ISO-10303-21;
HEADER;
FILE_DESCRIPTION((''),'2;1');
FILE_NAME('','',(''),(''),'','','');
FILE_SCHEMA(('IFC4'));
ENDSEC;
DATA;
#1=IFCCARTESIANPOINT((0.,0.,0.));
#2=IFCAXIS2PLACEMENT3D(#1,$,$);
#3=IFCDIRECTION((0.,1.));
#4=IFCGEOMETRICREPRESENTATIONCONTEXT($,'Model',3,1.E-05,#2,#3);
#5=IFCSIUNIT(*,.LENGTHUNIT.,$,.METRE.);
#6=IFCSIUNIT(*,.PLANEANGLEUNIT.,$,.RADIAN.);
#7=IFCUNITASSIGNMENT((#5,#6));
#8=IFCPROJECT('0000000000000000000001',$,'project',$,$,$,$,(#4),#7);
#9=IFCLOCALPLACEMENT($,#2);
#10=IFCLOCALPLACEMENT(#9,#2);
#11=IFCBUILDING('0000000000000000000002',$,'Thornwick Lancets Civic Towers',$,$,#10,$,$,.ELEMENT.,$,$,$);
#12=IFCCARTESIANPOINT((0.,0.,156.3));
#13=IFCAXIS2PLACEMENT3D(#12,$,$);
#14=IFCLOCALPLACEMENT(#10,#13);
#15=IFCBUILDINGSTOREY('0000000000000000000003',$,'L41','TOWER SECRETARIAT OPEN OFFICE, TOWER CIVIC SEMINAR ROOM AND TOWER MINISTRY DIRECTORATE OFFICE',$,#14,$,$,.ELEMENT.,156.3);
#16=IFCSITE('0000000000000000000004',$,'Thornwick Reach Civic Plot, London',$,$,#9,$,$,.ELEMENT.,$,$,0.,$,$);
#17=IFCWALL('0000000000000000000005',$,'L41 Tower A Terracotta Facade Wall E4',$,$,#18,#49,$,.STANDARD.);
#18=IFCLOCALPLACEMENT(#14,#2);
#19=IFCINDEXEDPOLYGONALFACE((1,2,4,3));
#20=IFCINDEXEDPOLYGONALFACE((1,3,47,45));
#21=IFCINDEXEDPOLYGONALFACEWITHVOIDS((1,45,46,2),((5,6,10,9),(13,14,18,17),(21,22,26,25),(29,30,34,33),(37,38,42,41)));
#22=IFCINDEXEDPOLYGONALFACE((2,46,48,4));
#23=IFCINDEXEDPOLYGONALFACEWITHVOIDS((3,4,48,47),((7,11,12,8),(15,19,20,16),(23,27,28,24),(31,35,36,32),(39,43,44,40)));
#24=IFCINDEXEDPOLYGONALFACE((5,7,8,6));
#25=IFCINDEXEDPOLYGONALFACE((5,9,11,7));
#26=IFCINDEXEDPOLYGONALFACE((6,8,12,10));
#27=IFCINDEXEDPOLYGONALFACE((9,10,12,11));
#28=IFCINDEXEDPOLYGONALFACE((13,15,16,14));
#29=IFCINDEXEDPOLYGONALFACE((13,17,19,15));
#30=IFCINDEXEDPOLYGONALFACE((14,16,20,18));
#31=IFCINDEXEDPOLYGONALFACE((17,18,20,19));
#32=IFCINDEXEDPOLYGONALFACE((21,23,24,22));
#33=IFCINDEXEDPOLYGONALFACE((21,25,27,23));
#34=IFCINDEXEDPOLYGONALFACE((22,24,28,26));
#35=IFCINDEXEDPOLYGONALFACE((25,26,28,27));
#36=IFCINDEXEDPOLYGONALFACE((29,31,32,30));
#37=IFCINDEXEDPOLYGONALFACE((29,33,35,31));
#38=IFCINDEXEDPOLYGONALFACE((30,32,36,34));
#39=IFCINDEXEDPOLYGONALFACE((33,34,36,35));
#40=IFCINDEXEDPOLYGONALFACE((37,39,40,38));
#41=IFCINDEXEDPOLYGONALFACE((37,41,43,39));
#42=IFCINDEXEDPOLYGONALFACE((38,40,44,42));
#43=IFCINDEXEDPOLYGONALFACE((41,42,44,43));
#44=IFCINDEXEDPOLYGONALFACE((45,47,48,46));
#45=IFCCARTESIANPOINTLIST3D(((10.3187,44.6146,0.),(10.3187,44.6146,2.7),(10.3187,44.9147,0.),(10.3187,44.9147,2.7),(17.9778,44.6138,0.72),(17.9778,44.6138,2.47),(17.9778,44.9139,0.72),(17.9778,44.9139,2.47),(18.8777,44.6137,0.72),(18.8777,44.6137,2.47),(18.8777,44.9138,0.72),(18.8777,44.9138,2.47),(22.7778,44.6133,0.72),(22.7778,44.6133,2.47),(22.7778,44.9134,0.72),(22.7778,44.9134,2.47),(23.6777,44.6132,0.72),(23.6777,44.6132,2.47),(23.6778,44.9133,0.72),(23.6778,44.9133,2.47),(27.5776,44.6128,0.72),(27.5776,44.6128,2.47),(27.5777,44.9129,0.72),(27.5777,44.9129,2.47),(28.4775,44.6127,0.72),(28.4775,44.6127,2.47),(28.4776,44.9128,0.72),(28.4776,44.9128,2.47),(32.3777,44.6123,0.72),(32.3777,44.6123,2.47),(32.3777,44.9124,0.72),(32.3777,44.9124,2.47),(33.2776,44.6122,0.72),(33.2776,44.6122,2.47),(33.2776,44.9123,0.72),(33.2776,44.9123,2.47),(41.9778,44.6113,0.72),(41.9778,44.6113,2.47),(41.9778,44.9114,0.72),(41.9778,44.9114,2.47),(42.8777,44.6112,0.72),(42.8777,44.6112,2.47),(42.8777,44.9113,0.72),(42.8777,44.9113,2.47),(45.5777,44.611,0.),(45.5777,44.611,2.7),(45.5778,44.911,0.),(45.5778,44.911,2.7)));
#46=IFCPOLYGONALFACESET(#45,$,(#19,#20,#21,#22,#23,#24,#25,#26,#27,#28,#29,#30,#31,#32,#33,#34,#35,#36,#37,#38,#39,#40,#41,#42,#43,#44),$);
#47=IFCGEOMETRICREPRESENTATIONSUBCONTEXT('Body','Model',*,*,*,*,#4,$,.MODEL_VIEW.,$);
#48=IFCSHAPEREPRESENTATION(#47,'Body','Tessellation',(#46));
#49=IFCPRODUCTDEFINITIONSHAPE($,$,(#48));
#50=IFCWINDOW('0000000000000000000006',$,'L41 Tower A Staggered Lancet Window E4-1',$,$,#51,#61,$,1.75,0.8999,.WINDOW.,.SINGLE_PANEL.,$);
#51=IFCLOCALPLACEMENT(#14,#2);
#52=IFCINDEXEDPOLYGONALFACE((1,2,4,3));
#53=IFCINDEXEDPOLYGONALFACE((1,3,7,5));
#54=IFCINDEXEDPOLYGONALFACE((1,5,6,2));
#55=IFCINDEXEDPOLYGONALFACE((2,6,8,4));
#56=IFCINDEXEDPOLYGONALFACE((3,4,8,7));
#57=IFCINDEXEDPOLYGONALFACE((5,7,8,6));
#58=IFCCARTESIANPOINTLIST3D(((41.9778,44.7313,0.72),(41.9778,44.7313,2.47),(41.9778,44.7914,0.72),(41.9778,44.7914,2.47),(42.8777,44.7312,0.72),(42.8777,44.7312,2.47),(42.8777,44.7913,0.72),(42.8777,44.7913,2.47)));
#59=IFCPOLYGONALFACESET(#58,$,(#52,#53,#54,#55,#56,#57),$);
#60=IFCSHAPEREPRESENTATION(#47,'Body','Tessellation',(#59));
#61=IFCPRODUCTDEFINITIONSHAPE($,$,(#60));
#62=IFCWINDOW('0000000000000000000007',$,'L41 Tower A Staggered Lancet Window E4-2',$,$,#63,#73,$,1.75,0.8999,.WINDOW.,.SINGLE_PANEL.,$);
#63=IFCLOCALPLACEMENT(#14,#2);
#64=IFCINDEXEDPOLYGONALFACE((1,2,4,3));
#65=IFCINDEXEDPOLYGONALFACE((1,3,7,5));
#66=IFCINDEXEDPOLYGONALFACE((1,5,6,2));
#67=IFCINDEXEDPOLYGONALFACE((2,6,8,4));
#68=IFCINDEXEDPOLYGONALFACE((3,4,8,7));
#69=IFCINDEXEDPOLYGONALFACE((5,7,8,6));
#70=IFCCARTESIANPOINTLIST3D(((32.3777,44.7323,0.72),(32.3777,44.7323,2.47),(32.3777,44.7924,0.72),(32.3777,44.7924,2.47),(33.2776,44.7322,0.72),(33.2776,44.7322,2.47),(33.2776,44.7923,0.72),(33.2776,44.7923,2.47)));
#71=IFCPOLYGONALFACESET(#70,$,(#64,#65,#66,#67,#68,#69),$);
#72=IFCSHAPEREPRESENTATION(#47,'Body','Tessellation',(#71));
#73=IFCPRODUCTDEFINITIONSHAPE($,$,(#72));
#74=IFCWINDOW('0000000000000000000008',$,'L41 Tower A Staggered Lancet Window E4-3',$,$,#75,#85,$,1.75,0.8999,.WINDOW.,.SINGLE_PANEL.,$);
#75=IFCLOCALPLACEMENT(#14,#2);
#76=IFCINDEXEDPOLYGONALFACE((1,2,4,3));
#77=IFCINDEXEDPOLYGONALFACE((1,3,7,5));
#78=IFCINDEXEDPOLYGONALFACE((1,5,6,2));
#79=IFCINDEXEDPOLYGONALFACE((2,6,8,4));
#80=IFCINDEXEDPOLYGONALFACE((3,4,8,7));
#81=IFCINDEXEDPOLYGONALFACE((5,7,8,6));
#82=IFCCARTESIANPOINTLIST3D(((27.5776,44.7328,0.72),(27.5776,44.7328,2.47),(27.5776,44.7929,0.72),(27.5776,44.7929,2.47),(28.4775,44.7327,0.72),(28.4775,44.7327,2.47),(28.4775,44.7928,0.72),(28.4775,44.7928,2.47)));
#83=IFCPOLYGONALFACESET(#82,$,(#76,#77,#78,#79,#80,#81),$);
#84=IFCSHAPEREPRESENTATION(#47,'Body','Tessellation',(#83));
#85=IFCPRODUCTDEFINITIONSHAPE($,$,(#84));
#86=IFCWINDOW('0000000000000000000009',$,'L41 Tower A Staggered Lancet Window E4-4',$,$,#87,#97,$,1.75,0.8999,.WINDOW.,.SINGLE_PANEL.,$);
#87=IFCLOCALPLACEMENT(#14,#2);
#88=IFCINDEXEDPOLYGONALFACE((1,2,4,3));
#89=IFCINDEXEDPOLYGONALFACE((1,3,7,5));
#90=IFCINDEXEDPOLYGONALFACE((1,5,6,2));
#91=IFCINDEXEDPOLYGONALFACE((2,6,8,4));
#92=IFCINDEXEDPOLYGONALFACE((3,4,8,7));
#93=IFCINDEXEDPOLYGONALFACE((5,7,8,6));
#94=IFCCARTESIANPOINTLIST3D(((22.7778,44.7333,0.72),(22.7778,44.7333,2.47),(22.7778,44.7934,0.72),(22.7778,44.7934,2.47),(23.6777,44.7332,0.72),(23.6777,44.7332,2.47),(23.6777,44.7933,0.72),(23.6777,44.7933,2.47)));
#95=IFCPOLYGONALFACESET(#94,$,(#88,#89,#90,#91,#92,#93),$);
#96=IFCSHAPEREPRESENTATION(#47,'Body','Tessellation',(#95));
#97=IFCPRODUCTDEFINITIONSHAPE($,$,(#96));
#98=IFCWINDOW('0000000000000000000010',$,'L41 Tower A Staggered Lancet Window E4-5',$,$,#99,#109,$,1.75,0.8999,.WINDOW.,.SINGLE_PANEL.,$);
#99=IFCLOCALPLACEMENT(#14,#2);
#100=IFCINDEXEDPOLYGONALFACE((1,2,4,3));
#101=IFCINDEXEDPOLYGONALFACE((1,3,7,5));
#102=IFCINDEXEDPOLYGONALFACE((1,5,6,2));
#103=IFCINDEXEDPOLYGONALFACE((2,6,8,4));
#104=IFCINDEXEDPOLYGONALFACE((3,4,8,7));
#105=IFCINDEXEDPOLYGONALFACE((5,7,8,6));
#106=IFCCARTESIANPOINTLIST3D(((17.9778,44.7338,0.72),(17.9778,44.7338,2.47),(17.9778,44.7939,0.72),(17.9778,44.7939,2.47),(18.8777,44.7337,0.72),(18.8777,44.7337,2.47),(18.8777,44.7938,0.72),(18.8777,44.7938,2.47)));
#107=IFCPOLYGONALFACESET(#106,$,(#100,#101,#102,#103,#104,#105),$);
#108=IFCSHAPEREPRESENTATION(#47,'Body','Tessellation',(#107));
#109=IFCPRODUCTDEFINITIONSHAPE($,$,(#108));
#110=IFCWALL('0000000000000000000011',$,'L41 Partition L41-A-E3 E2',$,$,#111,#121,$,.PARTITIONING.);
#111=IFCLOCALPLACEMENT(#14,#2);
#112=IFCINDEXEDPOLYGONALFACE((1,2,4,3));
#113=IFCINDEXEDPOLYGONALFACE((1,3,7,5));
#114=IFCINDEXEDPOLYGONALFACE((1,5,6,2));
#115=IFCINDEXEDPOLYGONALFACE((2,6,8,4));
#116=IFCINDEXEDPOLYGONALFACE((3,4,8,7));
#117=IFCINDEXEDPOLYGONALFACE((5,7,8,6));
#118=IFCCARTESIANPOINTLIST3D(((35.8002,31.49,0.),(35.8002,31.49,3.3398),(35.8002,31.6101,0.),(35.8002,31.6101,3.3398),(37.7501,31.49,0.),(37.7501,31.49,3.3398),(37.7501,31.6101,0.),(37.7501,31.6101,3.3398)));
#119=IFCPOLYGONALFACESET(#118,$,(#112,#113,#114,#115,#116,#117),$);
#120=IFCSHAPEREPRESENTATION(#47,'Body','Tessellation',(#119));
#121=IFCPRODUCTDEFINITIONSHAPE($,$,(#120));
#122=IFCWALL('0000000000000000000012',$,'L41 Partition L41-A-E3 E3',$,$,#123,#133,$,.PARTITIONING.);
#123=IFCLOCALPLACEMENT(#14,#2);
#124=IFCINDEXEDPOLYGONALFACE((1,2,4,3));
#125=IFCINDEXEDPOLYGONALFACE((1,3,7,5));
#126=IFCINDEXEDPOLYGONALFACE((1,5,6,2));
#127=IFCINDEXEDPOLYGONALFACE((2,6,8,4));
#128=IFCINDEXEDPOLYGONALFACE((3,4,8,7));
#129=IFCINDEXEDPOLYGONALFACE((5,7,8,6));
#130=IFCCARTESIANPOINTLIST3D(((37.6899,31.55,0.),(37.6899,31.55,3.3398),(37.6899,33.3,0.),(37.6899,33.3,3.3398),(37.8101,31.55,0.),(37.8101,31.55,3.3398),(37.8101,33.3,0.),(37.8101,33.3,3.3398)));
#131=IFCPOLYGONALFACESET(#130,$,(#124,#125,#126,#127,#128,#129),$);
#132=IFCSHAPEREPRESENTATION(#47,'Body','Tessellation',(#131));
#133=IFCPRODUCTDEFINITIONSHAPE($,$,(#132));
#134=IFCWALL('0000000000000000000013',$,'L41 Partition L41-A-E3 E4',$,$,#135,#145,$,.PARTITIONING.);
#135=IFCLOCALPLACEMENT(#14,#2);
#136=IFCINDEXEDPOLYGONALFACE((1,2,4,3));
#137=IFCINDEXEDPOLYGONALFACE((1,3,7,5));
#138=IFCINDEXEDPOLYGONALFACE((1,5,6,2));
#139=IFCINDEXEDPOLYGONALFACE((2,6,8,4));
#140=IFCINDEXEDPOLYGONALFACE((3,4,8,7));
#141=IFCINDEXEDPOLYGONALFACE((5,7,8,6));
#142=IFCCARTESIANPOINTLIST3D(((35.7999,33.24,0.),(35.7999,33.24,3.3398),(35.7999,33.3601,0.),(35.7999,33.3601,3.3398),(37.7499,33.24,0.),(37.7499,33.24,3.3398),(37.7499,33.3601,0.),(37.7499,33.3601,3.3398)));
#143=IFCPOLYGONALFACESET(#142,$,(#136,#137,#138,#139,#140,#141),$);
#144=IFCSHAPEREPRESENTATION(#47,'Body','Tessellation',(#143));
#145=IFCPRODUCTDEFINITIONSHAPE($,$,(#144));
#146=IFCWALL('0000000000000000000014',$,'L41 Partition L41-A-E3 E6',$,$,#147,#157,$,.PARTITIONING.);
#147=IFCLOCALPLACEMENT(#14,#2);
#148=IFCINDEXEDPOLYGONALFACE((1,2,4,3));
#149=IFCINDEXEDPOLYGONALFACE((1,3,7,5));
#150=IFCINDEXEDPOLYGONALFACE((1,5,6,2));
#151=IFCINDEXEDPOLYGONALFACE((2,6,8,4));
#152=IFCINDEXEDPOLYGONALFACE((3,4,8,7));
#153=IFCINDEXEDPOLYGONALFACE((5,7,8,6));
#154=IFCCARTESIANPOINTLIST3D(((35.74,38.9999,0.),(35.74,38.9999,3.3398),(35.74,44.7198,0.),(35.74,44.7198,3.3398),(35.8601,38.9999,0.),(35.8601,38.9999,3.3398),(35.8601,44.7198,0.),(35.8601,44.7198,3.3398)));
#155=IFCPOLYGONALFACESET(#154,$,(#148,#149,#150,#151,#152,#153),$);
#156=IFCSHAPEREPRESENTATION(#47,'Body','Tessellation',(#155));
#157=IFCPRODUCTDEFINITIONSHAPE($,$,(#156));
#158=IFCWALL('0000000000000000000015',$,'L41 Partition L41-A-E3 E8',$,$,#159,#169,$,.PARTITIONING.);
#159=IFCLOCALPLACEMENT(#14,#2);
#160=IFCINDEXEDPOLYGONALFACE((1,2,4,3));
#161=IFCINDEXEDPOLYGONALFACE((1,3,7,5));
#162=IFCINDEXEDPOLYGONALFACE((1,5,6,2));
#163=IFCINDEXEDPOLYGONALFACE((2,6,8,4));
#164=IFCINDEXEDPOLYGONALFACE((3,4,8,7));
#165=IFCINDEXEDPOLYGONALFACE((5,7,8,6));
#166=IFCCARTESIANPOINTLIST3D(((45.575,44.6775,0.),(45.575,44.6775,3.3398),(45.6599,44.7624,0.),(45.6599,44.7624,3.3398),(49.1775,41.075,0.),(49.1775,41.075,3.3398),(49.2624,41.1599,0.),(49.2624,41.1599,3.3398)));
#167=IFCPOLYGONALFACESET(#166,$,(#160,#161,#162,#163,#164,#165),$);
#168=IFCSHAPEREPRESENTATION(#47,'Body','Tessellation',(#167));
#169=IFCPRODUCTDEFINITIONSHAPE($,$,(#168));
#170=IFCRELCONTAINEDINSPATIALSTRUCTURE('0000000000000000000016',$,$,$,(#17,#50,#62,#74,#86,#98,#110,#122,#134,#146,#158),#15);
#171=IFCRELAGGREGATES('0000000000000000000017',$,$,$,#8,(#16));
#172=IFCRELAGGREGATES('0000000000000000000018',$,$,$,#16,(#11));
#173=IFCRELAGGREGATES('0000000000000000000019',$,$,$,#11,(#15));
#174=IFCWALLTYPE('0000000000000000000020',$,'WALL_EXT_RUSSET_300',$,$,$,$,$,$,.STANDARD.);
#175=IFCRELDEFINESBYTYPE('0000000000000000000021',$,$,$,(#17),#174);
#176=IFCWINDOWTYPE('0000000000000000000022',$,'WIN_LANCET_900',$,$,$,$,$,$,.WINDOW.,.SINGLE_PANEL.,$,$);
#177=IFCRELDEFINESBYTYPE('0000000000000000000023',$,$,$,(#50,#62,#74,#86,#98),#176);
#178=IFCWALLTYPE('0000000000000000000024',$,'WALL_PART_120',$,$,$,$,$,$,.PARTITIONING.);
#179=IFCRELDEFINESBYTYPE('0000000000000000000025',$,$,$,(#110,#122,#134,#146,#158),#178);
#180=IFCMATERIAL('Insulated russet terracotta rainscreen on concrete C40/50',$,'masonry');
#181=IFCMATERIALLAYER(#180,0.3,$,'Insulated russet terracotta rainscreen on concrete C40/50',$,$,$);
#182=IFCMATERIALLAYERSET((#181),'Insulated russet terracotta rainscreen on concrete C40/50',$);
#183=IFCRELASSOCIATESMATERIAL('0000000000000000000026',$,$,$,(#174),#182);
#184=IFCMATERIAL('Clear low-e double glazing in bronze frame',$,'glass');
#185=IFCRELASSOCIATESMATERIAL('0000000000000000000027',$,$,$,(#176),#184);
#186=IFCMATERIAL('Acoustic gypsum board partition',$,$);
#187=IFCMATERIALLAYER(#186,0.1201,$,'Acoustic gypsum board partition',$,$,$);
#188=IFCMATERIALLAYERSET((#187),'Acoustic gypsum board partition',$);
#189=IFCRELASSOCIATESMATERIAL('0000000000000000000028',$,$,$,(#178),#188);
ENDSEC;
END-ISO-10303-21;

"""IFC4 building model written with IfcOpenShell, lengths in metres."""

from ifc_helpers import new_model, si_unit, direction, frame, frame_2d, origin, place, context, subcontext, project, spatial, rectangle, extrude, material, layer, layer_set, type_object, element, fill, save


model = new_model("IFC4")

# Units and contexts
model_context = context("Model", 3, precision=1e-05, world=origin(), true_north=direction((0.0, 1.0)))
body_context = subcontext(model_context, "Body", "Model", "MODEL_VIEW")
ifc_project = project(units=[si_unit("LENGTHUNIT", "METRE"), si_unit("PLANEANGLEUNIT", "RADIAN")], contexts=[model_context])

# Site, building, storey
site_placement = place(None, origin())
site = spatial("IfcSite", under=ifc_project, at=site_placement, Name="Thornwick Reach Civic Plot, London", CompositionType="ELEMENT", RefElevation=0.0)
building_placement = place(site_placement, origin())
building = spatial("IfcBuilding", under=site, at=building_placement, Name="Thornwick Lancets Civic Towers", CompositionType="ELEMENT")
storey_placement = place(building_placement, frame((0.0, 0.0, 156.3)))
storey = spatial("IfcBuildingStorey", under=building, at=storey_placement, Name="L41", Description="TOWER SECRETARIAT OPEN OFFICE, TOWER CIVIC SEMINAR ROOM AND TOWER MINISTRY DIRECTORATE OFFICE", CompositionType="ELEMENT", Elevation=156.3)

# Wall, openings, windows
ifc_material_1 = material(Name="Insulated russet terracotta rainscreen on concrete C40/50", Category="masonry")
ifc_layer_1 = layer(ifc_material_1, 0.3, Name="Insulated russet terracotta rainscreen on concrete C40/50")
ifc_layer_set_1 = layer_set([ifc_layer_1], Name="Insulated russet terracotta rainscreen on concrete C40/50")
wall_type_1 = type_object("IfcWallType", Name="WALL_EXT_RUSSET_300", PredefinedType="STANDARD", material=ifc_layer_set_1)
wall_1_placement = place(storey_placement, frame((45.5776, 44.761, 0.0), z_axis=(0.0, 0.0, 1.0), x_axis=(-1.0, 0.000104, 0.0)))
wall_1 = element("IfcWall", 1, at=wall_1_placement, inside=storey, type_object=wall_type_1, Name="L41 Tower A Terracotta Facade Wall E4", PredefinedType="STANDARD", context=body_context, shape_type="SweptSolid", body=[
    extrude(rectangle(XDim=35.259, YDim=0.3, at=frame_2d((17.6294, 0.0))), origin(), (0.0, 0.0, 1.0), 2.7),
])
opening_1_placement = place(wall_1_placement, frame((2.7, 0.0, 0.72)))
opening_1 = element("IfcOpeningElement", 2, at=opening_1_placement, cuts=wall_1, PredefinedType="OPENING", context=body_context, shape_type="SweptSolid", body=[
    extrude(rectangle(XDim=0.8999, YDim=1.75, at=frame_2d((0.45, 0.875))), frame((0.0, 0.1602, 0.0), z_axis=(0.0, -1.0, 0.0), x_axis=(1.0, 0.0, 0.0)), (0.0, 0.0, 1.0), 0.3201),
])
opening_2_placement = place(wall_1_placement, frame((12.3, 0.0, 0.72)))
opening_2 = element("IfcOpeningElement", 3, at=opening_2_placement, cuts=wall_1, PredefinedType="OPENING", context=body_context, shape_type="SweptSolid", body=[
    extrude(rectangle(XDim=0.8999, YDim=1.75, at=frame_2d((0.45, 0.875))), frame((0.0, 0.1602, 0.0), z_axis=(0.0, -1.0, 0.0), x_axis=(1.0, 0.0, 0.0)), (0.0, 0.0, 1.0), 0.3201),
])
opening_3_placement = place(wall_1_placement, frame((17.1001, 0.0, 0.72)))
opening_3 = element("IfcOpeningElement", 4, at=opening_3_placement, cuts=wall_1, PredefinedType="OPENING", context=body_context, shape_type="SweptSolid", body=[
    extrude(rectangle(XDim=0.8999, YDim=1.75, at=frame_2d((0.45, 0.875))), frame((0.0, 0.1602, 0.0), z_axis=(0.0, -1.0, 0.0), x_axis=(1.0, 0.0, 0.0)), (0.0, 0.0, 1.0), 0.3201),
])
opening_4_placement = place(wall_1_placement, frame((21.8999, 0.0, 0.72)))
opening_4 = element("IfcOpeningElement", 5, at=opening_4_placement, cuts=wall_1, PredefinedType="OPENING", context=body_context, shape_type="SweptSolid", body=[
    extrude(rectangle(XDim=0.8999, YDim=1.75, at=frame_2d((0.45, 0.875))), frame((0.0, 0.1602, 0.0), z_axis=(0.0, -1.0, 0.0), x_axis=(1.0, 0.0, 0.0)), (0.0, 0.0, 1.0), 0.3201),
])
opening_5_placement = place(wall_1_placement, frame((26.7, 0.0, 0.72)))
opening_5 = element("IfcOpeningElement", 6, at=opening_5_placement, cuts=wall_1, PredefinedType="OPENING", context=body_context, shape_type="SweptSolid", body=[
    extrude(rectangle(XDim=0.8999, YDim=1.75, at=frame_2d((0.45, 0.875))), frame((0.0, 0.1602, 0.0), z_axis=(0.0, -1.0, 0.0), x_axis=(1.0, 0.0, 0.0)), (0.0, 0.0, 1.0), 0.3201),
])
ifc_material_2 = material(Name="Clear low-e double glazing in bronze frame", Category="glass")
window_type = type_object("IfcWindowType", Name="WIN_LANCET_900", PartitioningType="SINGLE_PANEL", PredefinedType="WINDOW", material=ifc_material_2)
window_1_placement = place(opening_1_placement, origin())
window_1 = element("IfcWindow", 7, at=window_1_placement, inside=storey, type_object=window_type, Name="L41 Tower A Staggered Lancet Window E4-1", OverallHeight=1.75, OverallWidth=0.8999, PartitioningType="SINGLE_PANEL", PredefinedType="WINDOW", context=body_context, shape_type="SweptSolid", body=[
    extrude(rectangle(XDim=0.8999, YDim=1.75, at=frame_2d((0.45, 0.875))), frame((0.0, 0.03, 0.0), z_axis=(0.0, -1.0, 0.0), x_axis=(1.0, 0.0, 0.0)), (0.0, 0.0, 1.0), 0.0601),
])
fill(opening_1, window_1)
window_2_placement = place(opening_2_placement, origin())
window_2 = element("IfcWindow", 8, at=window_2_placement, inside=storey, type_object=window_type, Name="L41 Tower A Staggered Lancet Window E4-2", OverallHeight=1.75, OverallWidth=0.8999, PartitioningType="SINGLE_PANEL", PredefinedType="WINDOW", context=body_context, shape_type="SweptSolid", body=[
    extrude(rectangle(XDim=0.8999, YDim=1.75, at=frame_2d((0.45, 0.875))), frame((0.0, 0.03, 0.0), z_axis=(0.0, -1.0, 0.0), x_axis=(1.0, 0.0, 0.0)), (0.0, 0.0, 1.0), 0.0601),
])
fill(opening_2, window_2)
window_3_placement = place(opening_3_placement, origin())
window_3 = element("IfcWindow", 9, at=window_3_placement, inside=storey, type_object=window_type, Name="L41 Tower A Staggered Lancet Window E4-3", OverallHeight=1.75, OverallWidth=0.8999, PartitioningType="SINGLE_PANEL", PredefinedType="WINDOW", context=body_context, shape_type="SweptSolid", body=[
    extrude(rectangle(XDim=0.8999, YDim=1.75, at=frame_2d((0.45, 0.875))), frame((0.0, 0.03, 0.0), z_axis=(0.0, -1.0, 0.0), x_axis=(1.0, 0.0, 0.0)), (0.0, 0.0, 1.0), 0.0601),
])
fill(opening_3, window_3)
window_4_placement = place(opening_4_placement, origin())
window_4 = element("IfcWindow", 10, at=window_4_placement, inside=storey, type_object=window_type, Name="L41 Tower A Staggered Lancet Window E4-4", OverallHeight=1.75, OverallWidth=0.8999, PartitioningType="SINGLE_PANEL", PredefinedType="WINDOW", context=body_context, shape_type="SweptSolid", body=[
    extrude(rectangle(XDim=0.8999, YDim=1.75, at=frame_2d((0.45, 0.875))), frame((0.0, 0.03, 0.0), z_axis=(0.0, -1.0, 0.0), x_axis=(1.0, 0.0, 0.0)), (0.0, 0.0, 1.0), 0.0601),
])
fill(opening_4, window_4)
window_5_placement = place(opening_5_placement, origin())
window_5 = element("IfcWindow", 11, at=window_5_placement, inside=storey, type_object=window_type, Name="L41 Tower A Staggered Lancet Window E4-5", OverallHeight=1.75, OverallWidth=0.8999, PartitioningType="SINGLE_PANEL", PredefinedType="WINDOW", context=body_context, shape_type="SweptSolid", body=[
    extrude(rectangle(XDim=0.8999, YDim=1.75, at=frame_2d((0.45, 0.875))), frame((0.0, 0.03, 0.0), z_axis=(0.0, -1.0, 0.0), x_axis=(1.0, 0.0, 0.0)), (0.0, 0.0, 1.0), 0.0601),
])
fill(opening_5, window_5)

# Walls
ifc_material_3 = material(Name="Acoustic gypsum board partition")
ifc_layer_2 = layer(ifc_material_3, 0.1201, Name="Acoustic gypsum board partition")
ifc_layer_set_2 = layer_set([ifc_layer_2], Name="Acoustic gypsum board partition")
wall_type_2 = type_object("IfcWallType", Name="WALL_PART_120", PredefinedType="PARTITIONING", material=ifc_layer_set_2)
wall_2_placement = place(storey_placement, frame((35.8, 31.55, 0.0), z_axis=(0.0, 0.0, 1.0), x_axis=(1.0, 0.0, 0.0)))
element("IfcWall", 12, at=wall_2_placement, inside=storey, type_object=wall_type_2, Name="L41 Partition L41-A-E3 E2", PredefinedType="PARTITIONING", context=body_context, shape_type="SweptSolid", body=[
    extrude(rectangle(XDim=1.95, YDim=0.1201, at=frame_2d((0.9751, 0.0))), origin(), (0.0, 0.0, 1.0), 3.3398),
])
wall_3_placement = place(storey_placement, frame((37.75, 31.55, 0.0), z_axis=(0.0, 0.0, 1.0), x_axis=(0.0, 1.0, 0.0)))
element("IfcWall", 13, at=wall_3_placement, inside=storey, type_object=wall_type_2, Name="L41 Partition L41-A-E3 E3", PredefinedType="PARTITIONING", context=body_context, shape_type="SweptSolid", body=[
    extrude(rectangle(XDim=1.75, YDim=0.1201, at=frame_2d((0.875, 0.0))), origin(), (0.0, 0.0, 1.0), 3.3398),
])
wall_4_placement = place(storey_placement, frame((37.75, 33.3, 0.0), z_axis=(0.0, 0.0, 1.0), x_axis=(-1.0, 0.0, 0.0)))
element("IfcWall", 14, at=wall_4_placement, inside=storey, type_object=wall_type_2, Name="L41 Partition L41-A-E3 E4", PredefinedType="PARTITIONING", context=body_context, shape_type="SweptSolid", body=[
    extrude(rectangle(XDim=1.95, YDim=0.1201, at=frame_2d((0.9751, 0.0))), origin(), (0.0, 0.0, 1.0), 3.3398),
])
wall_5_placement = place(storey_placement, frame((35.8, 39.0, 0.0), z_axis=(0.0, 0.0, 1.0), x_axis=(0.0, 1.0, 0.0)))
element("IfcWall", 15, at=wall_5_placement, inside=storey, type_object=wall_type_2, Name="L41 Partition L41-A-E3 E6", PredefinedType="PARTITIONING", context=body_context, shape_type="SweptSolid", body=[
    extrude(rectangle(XDim=5.72, YDim=0.1201, at=frame_2d((2.8599, 0.0))), origin(), (0.0, 0.0, 1.0), 3.3398),
])
wall_6_placement = place(storey_placement, frame((45.6174, 44.72, 0.0), z_axis=(0.0, 0.0, 1.0), x_axis=(0.707107, -0.707107, 0.0)))
element("IfcWall", 16, at=wall_6_placement, inside=storey, type_object=wall_type_2, Name="L41 Partition L41-A-E3 E8", PredefinedType="PARTITIONING", context=body_context, shape_type="SweptSolid", body=[
    extrude(rectangle(XDim=5.0947, YDim=0.1201, at=frame_2d((2.5474, 0.0))), origin(), (0.0, 0.0, 1.0), 3.3398),
])

save(model, "model.ifc")
